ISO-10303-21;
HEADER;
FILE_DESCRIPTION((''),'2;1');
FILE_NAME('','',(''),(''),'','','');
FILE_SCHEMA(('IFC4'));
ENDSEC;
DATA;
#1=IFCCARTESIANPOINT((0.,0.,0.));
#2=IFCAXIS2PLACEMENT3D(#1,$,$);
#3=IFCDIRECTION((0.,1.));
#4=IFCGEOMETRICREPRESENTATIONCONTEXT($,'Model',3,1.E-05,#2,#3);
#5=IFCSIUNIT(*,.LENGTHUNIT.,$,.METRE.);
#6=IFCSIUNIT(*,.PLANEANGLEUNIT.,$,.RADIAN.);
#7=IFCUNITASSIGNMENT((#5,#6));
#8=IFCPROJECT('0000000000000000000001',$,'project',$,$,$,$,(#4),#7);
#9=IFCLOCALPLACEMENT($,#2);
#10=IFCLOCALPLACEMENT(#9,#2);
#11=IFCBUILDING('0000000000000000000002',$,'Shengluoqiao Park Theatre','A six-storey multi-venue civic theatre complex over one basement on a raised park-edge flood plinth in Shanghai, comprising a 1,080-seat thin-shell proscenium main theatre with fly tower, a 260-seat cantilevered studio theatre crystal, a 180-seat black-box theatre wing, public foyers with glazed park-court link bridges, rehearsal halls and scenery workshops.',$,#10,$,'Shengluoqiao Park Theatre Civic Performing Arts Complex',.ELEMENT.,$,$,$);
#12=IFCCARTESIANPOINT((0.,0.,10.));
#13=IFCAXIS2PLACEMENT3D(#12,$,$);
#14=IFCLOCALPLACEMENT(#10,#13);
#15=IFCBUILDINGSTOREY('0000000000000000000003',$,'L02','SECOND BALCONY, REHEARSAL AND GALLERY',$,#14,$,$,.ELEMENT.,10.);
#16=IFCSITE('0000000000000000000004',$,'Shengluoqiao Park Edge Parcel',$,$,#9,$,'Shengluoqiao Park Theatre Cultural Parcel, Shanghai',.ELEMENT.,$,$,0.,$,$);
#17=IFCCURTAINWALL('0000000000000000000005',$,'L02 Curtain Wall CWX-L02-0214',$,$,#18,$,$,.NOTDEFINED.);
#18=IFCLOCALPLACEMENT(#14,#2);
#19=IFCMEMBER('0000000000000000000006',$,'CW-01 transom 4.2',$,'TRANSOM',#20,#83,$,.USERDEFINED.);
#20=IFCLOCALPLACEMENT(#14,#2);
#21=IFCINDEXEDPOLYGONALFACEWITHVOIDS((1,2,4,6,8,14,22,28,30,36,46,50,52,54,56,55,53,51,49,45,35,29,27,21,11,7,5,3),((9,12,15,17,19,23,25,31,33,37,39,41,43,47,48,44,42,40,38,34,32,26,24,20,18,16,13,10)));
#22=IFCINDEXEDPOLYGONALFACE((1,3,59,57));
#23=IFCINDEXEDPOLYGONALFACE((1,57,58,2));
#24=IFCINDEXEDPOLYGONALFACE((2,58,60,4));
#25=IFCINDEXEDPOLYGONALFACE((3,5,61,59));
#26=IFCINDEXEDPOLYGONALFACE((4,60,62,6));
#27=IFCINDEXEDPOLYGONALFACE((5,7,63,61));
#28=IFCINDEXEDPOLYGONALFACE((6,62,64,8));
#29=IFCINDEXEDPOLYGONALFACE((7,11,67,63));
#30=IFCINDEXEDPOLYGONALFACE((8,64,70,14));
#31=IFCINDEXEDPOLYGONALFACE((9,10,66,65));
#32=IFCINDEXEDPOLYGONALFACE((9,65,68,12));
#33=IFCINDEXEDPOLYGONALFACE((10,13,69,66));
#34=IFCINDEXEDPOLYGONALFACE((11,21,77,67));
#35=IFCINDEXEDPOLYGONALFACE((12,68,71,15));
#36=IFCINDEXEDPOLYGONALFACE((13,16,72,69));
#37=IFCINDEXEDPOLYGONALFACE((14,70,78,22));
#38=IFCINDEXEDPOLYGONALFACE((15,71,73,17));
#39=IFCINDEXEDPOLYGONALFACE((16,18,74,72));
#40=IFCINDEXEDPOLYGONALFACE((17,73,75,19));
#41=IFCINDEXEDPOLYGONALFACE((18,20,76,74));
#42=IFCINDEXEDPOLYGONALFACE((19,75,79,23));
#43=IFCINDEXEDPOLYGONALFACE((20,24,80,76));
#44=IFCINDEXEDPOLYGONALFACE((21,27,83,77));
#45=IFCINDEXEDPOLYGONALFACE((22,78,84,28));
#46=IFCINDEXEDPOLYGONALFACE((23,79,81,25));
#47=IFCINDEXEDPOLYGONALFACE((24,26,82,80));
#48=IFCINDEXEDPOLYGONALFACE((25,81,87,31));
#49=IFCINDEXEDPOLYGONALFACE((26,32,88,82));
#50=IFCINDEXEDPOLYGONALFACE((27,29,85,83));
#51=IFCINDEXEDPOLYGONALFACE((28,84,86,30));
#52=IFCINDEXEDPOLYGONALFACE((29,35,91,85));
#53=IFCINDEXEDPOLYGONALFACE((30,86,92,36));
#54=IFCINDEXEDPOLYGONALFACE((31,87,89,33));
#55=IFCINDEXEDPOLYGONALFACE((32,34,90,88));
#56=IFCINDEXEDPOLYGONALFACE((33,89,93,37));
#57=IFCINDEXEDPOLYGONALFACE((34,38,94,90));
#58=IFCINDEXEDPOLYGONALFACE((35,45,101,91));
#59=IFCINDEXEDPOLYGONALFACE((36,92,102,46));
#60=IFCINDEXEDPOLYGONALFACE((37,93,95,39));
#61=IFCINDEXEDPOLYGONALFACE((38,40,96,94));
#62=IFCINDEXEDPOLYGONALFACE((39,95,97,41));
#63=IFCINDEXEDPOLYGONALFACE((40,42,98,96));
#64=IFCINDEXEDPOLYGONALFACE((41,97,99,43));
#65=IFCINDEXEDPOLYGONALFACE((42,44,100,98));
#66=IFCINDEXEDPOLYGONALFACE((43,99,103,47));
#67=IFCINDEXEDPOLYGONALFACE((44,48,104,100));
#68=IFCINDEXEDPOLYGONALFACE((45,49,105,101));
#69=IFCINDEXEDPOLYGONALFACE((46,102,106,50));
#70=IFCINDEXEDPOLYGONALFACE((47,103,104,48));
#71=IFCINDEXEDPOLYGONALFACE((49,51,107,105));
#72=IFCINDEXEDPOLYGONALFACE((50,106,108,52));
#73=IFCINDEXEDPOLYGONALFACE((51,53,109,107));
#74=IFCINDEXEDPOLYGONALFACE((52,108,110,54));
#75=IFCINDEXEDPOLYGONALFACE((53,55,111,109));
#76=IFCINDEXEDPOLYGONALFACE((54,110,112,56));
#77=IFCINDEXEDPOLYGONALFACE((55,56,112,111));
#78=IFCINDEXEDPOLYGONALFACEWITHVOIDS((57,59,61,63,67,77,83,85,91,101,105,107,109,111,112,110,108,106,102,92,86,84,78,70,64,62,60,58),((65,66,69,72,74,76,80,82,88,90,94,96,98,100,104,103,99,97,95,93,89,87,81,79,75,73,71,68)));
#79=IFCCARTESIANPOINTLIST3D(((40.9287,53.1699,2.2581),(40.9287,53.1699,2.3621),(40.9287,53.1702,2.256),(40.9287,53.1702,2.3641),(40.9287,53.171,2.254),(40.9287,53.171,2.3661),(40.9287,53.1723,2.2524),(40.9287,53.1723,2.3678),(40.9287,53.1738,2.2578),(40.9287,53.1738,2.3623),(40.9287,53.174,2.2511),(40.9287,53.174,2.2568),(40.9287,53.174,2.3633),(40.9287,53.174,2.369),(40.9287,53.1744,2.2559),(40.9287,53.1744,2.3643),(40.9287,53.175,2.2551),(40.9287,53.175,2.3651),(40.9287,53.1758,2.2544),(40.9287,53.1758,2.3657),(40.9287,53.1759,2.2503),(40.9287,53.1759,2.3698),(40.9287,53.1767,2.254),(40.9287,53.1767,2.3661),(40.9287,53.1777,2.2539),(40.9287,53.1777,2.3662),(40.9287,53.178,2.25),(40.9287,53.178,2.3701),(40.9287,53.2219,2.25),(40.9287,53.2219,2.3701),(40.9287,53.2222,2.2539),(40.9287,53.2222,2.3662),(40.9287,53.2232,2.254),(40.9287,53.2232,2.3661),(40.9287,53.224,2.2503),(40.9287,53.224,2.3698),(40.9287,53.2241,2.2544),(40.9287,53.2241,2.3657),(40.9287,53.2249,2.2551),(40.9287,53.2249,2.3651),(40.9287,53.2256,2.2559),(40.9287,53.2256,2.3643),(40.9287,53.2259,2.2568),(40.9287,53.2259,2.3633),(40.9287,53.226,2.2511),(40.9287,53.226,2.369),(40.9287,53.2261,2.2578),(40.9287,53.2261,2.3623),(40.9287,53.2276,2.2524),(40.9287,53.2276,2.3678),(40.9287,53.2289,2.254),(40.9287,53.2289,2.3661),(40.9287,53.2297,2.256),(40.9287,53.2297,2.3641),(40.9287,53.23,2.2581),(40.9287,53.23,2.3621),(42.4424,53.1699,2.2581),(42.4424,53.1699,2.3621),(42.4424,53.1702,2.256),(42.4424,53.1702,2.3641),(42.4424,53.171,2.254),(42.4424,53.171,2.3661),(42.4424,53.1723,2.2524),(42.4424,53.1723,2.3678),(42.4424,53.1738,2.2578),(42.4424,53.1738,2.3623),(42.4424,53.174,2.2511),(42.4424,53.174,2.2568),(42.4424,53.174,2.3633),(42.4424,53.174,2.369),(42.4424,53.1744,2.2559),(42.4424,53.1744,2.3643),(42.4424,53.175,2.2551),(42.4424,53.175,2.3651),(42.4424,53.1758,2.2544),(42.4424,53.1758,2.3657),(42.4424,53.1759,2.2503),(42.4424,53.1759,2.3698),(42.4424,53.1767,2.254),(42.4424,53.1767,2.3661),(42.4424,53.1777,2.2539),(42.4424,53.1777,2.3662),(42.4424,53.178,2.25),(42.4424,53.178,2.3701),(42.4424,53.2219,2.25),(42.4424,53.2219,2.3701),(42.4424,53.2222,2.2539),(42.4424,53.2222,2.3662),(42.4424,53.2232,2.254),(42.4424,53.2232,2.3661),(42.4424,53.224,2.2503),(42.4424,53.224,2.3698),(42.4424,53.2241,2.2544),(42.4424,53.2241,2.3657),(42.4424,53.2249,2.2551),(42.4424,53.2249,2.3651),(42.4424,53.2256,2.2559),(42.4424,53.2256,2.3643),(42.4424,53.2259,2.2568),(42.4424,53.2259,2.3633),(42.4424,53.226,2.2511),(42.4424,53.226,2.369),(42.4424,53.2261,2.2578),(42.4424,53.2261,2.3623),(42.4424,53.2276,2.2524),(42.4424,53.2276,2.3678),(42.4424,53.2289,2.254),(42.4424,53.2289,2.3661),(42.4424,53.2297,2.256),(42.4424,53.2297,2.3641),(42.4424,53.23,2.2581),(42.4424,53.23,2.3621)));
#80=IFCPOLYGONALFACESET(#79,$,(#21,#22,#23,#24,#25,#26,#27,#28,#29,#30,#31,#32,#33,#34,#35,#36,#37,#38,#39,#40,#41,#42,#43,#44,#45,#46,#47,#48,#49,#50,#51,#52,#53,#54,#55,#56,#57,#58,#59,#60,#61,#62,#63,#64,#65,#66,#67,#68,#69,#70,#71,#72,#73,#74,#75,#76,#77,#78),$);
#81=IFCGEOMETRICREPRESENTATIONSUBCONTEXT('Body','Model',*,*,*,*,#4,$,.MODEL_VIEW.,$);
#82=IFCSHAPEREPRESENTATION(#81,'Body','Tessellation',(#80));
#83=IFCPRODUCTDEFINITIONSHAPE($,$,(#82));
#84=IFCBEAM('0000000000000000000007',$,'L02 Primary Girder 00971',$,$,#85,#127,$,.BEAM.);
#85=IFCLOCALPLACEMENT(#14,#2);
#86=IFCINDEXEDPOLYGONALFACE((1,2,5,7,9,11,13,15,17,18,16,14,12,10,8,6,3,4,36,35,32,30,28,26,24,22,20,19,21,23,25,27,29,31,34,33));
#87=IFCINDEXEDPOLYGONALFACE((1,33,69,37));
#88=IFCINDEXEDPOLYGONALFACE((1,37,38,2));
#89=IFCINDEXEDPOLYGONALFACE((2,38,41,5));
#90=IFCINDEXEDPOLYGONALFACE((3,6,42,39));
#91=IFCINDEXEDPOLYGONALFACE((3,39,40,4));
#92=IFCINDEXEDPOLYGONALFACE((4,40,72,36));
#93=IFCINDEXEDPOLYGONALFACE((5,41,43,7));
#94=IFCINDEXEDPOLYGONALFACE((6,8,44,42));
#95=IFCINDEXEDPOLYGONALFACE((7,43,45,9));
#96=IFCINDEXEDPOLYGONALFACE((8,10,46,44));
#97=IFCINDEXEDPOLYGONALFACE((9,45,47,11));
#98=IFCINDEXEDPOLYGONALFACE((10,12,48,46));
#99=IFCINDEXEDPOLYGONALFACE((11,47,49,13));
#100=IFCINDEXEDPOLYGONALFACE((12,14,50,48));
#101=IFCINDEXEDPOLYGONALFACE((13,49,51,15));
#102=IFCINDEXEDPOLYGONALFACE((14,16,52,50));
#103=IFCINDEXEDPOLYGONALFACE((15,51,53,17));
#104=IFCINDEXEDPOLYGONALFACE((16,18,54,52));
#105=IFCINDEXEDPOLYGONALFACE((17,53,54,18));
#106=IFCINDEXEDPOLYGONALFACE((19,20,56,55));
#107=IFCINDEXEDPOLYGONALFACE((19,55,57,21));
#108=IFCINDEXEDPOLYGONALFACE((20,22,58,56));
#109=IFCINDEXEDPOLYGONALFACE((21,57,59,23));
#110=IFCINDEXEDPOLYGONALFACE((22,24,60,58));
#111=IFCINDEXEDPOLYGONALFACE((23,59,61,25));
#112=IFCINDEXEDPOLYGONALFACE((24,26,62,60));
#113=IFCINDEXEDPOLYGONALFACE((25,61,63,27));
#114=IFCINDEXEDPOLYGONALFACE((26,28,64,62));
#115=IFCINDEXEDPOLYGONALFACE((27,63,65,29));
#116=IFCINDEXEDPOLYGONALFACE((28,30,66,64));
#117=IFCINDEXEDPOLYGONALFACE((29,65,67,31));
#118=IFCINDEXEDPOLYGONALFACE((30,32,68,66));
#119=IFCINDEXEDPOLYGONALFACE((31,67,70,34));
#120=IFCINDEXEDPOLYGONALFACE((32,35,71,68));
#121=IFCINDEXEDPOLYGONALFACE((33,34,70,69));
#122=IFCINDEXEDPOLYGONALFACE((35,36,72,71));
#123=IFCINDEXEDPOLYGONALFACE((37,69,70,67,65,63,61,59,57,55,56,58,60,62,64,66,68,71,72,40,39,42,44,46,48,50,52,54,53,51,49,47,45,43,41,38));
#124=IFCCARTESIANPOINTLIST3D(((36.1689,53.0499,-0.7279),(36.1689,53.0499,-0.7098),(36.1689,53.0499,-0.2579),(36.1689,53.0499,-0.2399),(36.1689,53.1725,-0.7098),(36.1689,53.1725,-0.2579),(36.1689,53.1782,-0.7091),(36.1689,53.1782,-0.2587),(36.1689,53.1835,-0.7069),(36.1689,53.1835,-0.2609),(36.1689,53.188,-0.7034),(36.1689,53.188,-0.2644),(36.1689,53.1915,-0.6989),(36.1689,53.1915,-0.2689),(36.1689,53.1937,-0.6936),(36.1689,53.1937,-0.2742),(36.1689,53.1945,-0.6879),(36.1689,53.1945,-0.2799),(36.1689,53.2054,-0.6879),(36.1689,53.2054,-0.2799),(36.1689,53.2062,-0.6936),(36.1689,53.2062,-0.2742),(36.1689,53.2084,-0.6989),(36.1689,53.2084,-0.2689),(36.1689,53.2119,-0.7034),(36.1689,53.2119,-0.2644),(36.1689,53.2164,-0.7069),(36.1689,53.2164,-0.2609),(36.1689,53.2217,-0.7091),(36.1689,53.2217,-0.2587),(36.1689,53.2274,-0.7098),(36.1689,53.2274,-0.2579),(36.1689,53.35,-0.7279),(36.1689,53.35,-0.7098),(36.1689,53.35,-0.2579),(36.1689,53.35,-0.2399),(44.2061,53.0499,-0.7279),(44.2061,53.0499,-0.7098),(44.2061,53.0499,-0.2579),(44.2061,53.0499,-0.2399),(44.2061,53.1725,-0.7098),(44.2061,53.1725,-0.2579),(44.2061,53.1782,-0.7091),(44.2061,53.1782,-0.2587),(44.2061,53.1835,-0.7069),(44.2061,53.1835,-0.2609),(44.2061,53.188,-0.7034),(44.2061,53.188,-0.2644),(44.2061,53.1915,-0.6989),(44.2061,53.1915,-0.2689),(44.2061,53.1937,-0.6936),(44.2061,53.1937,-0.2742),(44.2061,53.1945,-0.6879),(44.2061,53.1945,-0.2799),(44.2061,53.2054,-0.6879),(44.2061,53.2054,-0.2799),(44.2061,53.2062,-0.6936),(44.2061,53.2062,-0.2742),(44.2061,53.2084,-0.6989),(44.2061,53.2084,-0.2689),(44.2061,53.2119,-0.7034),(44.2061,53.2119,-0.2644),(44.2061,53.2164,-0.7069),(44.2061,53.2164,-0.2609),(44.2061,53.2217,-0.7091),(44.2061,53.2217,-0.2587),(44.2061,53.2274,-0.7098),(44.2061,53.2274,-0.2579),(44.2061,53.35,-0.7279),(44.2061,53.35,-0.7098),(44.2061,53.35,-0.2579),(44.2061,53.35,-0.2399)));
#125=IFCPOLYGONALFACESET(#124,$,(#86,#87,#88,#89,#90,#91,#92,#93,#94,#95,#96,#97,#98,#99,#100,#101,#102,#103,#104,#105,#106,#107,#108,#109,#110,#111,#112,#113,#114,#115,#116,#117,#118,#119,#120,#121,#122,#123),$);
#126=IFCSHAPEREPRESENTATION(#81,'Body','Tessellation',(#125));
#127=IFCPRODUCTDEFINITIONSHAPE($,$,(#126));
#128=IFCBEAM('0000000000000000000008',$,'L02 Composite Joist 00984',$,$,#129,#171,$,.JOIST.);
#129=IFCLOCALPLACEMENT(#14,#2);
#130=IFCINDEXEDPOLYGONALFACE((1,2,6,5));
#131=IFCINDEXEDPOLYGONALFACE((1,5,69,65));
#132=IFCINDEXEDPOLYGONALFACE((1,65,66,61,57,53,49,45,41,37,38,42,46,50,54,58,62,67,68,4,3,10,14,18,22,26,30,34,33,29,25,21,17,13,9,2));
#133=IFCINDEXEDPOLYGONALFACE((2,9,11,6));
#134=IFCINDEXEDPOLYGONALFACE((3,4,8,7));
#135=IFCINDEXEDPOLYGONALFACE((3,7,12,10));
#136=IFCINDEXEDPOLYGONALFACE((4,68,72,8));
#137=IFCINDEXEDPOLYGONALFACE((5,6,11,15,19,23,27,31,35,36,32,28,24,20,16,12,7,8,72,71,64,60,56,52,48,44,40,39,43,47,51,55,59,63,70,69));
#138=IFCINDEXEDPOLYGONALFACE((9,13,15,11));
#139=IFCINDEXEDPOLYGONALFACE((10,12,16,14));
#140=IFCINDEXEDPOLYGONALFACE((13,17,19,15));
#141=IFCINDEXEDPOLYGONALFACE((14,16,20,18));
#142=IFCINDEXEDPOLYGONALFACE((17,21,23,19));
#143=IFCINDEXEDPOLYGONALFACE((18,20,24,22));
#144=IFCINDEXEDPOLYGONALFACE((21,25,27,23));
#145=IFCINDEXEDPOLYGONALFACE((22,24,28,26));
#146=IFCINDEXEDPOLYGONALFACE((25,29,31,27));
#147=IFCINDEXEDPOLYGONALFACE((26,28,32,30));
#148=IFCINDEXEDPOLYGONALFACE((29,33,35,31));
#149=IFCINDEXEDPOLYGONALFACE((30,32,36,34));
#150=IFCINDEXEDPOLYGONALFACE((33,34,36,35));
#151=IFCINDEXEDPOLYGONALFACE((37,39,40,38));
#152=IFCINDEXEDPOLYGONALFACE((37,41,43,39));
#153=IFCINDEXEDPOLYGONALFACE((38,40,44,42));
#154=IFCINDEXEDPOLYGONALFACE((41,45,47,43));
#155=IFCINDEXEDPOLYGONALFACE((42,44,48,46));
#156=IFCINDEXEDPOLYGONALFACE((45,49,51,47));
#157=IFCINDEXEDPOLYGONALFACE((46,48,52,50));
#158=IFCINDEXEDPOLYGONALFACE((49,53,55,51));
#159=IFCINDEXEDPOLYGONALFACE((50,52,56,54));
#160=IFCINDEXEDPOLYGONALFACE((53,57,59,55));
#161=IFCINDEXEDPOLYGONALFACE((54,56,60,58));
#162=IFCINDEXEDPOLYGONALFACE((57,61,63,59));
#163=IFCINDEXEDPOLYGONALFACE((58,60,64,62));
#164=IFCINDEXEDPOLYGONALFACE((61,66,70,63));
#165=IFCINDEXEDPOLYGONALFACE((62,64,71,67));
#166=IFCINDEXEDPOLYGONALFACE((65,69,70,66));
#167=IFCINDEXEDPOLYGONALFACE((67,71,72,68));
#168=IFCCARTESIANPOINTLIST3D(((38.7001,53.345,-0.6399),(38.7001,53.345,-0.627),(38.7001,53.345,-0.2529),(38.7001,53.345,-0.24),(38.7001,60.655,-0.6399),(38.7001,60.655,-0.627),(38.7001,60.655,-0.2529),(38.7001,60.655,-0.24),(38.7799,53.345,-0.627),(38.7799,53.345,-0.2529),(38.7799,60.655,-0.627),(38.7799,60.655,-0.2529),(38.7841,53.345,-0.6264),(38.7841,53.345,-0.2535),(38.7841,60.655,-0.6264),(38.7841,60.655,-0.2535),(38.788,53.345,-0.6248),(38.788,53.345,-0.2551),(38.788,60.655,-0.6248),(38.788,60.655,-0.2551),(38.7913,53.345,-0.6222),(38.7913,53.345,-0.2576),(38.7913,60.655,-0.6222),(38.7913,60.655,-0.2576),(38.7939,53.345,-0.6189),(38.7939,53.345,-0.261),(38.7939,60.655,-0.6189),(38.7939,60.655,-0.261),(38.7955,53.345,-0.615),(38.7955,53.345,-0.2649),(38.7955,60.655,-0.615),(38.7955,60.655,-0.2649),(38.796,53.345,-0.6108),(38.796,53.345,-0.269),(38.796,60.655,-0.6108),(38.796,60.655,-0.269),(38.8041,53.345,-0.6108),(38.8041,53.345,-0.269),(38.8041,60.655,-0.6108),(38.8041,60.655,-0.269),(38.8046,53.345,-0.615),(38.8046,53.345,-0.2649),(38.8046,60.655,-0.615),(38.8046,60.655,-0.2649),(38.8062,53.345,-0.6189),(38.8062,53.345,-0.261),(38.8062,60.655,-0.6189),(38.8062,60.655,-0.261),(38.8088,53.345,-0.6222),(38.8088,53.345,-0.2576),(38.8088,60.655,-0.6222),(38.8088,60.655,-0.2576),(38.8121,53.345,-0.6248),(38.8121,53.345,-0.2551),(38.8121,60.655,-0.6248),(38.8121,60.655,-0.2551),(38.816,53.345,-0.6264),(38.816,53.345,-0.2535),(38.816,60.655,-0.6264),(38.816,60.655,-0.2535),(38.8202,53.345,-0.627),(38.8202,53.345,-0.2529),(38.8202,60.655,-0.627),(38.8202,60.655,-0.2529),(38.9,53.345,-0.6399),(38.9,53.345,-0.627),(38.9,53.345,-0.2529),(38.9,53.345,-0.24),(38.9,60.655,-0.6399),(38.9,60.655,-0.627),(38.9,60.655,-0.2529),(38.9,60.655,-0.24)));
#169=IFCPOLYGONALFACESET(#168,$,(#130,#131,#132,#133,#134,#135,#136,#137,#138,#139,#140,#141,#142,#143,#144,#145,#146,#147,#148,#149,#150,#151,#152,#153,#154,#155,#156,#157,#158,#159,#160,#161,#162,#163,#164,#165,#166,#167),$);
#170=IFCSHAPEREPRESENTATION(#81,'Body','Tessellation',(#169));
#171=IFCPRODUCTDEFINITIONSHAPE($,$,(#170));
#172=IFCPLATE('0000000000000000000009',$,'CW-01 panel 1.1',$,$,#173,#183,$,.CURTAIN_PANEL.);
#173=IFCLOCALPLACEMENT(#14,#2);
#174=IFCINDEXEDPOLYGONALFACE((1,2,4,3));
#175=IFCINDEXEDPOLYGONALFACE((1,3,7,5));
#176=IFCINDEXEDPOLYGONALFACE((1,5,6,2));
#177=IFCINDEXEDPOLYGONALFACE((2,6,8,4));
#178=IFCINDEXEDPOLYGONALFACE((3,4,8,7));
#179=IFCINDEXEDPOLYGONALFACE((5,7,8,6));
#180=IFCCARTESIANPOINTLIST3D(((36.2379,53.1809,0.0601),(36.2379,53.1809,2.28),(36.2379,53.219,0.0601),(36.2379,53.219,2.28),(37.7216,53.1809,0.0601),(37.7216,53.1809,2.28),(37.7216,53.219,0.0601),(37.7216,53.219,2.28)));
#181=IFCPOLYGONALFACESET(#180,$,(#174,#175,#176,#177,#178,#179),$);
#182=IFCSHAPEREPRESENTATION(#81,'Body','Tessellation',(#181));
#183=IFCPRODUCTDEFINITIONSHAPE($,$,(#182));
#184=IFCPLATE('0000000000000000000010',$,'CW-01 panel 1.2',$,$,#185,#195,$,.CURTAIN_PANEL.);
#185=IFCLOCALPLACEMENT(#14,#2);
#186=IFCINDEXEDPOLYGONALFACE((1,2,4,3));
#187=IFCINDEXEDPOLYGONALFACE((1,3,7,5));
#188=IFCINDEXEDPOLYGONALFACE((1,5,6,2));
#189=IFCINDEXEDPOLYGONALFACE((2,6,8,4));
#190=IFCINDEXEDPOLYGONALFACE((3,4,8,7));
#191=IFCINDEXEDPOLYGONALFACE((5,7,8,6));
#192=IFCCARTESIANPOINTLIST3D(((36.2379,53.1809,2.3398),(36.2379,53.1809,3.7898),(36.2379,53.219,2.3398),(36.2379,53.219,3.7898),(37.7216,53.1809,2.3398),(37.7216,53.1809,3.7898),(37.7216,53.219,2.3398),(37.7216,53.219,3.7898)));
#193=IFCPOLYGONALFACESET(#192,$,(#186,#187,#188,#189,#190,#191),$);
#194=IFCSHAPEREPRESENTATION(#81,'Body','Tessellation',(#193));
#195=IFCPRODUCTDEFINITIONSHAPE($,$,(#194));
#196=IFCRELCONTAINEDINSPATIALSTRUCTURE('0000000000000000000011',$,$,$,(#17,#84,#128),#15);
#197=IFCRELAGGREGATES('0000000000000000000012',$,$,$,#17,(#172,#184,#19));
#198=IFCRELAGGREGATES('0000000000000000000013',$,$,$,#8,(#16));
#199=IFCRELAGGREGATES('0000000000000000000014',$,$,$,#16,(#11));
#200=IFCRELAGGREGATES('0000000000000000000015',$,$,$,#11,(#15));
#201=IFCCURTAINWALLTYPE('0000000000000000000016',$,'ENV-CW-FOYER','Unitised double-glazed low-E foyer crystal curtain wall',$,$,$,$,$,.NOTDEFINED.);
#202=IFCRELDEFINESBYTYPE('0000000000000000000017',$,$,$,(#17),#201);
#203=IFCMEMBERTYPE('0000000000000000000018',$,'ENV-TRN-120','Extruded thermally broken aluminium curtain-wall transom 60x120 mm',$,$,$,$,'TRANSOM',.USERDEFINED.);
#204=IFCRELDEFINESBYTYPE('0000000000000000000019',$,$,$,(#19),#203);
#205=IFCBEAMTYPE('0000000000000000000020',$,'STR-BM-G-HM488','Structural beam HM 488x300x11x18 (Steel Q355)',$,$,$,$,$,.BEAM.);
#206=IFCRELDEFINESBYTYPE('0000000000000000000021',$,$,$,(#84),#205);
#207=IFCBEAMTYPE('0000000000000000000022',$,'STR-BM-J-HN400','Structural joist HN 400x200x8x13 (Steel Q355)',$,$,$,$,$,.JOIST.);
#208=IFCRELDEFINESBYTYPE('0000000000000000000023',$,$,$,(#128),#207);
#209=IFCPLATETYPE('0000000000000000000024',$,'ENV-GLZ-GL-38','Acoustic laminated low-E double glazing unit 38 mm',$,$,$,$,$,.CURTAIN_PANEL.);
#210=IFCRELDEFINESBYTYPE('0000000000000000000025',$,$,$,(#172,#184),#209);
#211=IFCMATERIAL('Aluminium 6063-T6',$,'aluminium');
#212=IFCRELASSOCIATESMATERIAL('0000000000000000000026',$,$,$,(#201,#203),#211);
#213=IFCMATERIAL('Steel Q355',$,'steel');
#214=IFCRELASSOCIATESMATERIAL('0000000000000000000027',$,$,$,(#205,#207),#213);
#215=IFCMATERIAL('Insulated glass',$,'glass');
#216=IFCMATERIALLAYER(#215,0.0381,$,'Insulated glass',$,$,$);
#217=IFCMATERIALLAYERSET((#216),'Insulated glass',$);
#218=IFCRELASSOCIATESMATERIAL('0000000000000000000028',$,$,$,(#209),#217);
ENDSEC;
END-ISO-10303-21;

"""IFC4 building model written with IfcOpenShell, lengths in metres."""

from ifc_helpers import new_model, si_unit, direction, frame, origin, origin_2d, place, context, subcontext, project, spatial, rectangle, hollow_rectangle, i_section, extrude, material, layer, layer_set, material_profile, profile_set, type_object, element, aggregate, save


model = new_model("IFC4")

# Units and contexts
model_context = context("Model", 3, precision=1e-05, world=origin(), true_north=direction((0.0, 1.0)))
body_context = subcontext(model_context, "Body", "Model", "MODEL_VIEW")
ifc_project = project(units=[si_unit("LENGTHUNIT", "METRE"), si_unit("PLANEANGLEUNIT", "RADIAN")], contexts=[model_context])

# Site, building, storey
site_placement = place(None, origin())
site = spatial("IfcSite", under=ifc_project, at=site_placement, Name="Shengluoqiao Park Edge Parcel", LongName="Shengluoqiao Park Theatre Cultural Parcel, Shanghai", CompositionType="ELEMENT", RefElevation=0.0)
building_placement = place(site_placement, origin())
building = spatial("IfcBuilding", under=site, at=building_placement, Name="Shengluoqiao Park Theatre", Description="A six-storey multi-venue civic theatre complex over one basement on a raised park-edge flood plinth in Shanghai, comprising a 1,080-seat thin-shell proscenium main theatre with fly tower, a 260-seat cantilevered studio theatre crystal, a 180-seat black-box theatre wing, public foyers with glazed park-court link bridges, rehearsal halls and scenery workshops.", LongName="Shengluoqiao Park Theatre Civic Performing Arts Complex", CompositionType="ELEMENT")
storey_placement = place(building_placement, frame((0.0, 0.0, 10.0)))
storey = spatial("IfcBuildingStorey", under=building, at=storey_placement, Name="L02", Description="SECOND BALCONY, REHEARSAL AND GALLERY", CompositionType="ELEMENT", Elevation=10.0)

# Shared definitions
ifc_material_1 = material(Name="Steel Q355", Category="steel")

# Curtain wall, member
ifc_material_2 = material(Name="Aluminium 6063-T6", Category="aluminium")
curtain_wall_type = type_object("IfcCurtainWallType", Name="ENV-CW-FOYER", Description="Unitised double-glazed low-E foyer crystal curtain wall", PredefinedType="NOTDEFINED", material=ifc_material_2)
curtain_wall_placement = place(storey_placement, origin())
curtain_wall = element("IfcCurtainWall", 1, at=curtain_wall_placement, inside=storey, type_object=curtain_wall_type, Name="L02 Curtain Wall CWX-L02-0214", PredefinedType="NOTDEFINED")
ifc_material_profile_1 = material_profile(ifc_material_2, hollow_rectangle(XDim=0.0601, YDim=0.1201, WallThickness=0.0039, InnerFilletRadius=0.0039, OuterFilletRadius=0.0081, at=origin_2d()), Name="ALU TRANSOM 120x60x4")
ifc_profile_set_1 = profile_set([ifc_material_profile_1], Name="Aluminium 6063-T6")
member_type_1 = type_object("IfcMemberType", Name="ENV-TRN-120", Description="Extruded thermally broken aluminium curtain-wall transom 60x120 mm", ElementType="TRANSOM", PredefinedType="USERDEFINED", material=ifc_profile_set_1)
member_1_placement = place(storey_placement, frame((40.9287, 53.2, 2.3101), z_axis=(1.0, 0.0, 0.0), x_axis=(0.0, 1.0, 0.0)))
member_1 = element("IfcMember", 2, at=member_1_placement, type_object=member_type_1, Name="CW-01 transom 4.2", ObjectType="TRANSOM", PredefinedType="USERDEFINED", context=body_context, shape_type="SweptSolid", body=[
    extrude(hollow_rectangle(XDim=0.0601, YDim=0.1201, WallThickness=0.0039, InnerFilletRadius=0.0039, OuterFilletRadius=0.0081, at=origin_2d()), origin(), (0.0, 0.0, 1.0), 1.5137),
])

# Beams
ifc_material_profile_2 = material_profile(ifc_material_1, i_section(OverallWidth=0.3, OverallDepth=0.488, WebThickness=0.011, FlangeThickness=0.0181, FilletRadius=0.022, at=origin_2d()), Name="HM 488x300x11x18")
ifc_profile_set_2 = profile_set([ifc_material_profile_2], Name="Steel Q355")
beam_type_1 = type_object("IfcBeamType", Name="STR-BM-G-HM488", Description="Structural beam HM 488x300x11x18 (Steel Q355)", PredefinedType="BEAM", material=ifc_profile_set_2)
beam_1_placement = place(storey_placement, frame((36.1689, 53.2, -0.4839), z_axis=(1.0, 0.0, 0.0), x_axis=(0.0, 1.0, 0.0)))
element("IfcBeam", 3, at=beam_1_placement, inside=storey, type_object=beam_type_1, Name="L02 Primary Girder 00971", PredefinedType="BEAM", context=body_context, shape_type="SweptSolid", body=[
    extrude(i_section(OverallWidth=0.3, OverallDepth=0.488, WebThickness=0.011, FlangeThickness=0.0181, FilletRadius=0.022, at=origin_2d()), origin(), (0.0, 0.0, 1.0), 8.0371),
])
ifc_material_profile_3 = material_profile(ifc_material_1, i_section(OverallWidth=0.2, OverallDepth=0.3999, WebThickness=0.0081, FlangeThickness=0.0129, FilletRadius=0.0161, at=origin_2d()), Name="HN 400x200x8x13")
ifc_profile_set_3 = profile_set([ifc_material_profile_3], Name="Steel Q355")
beam_type_2 = type_object("IfcBeamType", Name="STR-BM-J-HN400", Description="Structural joist HN 400x200x8x13 (Steel Q355)", PredefinedType="JOIST", material=ifc_profile_set_3)
beam_2_placement = place(storey_placement, frame((38.8, 53.345, -0.4399), z_axis=(0.0, 1.0, 0.0), x_axis=(-1.0, 0.0, 0.0)))
element("IfcBeam", 4, at=beam_2_placement, inside=storey, type_object=beam_type_2, Name="L02 Composite Joist 00984", PredefinedType="JOIST", context=body_context, shape_type="SweptSolid", body=[
    extrude(i_section(OverallWidth=0.2, OverallDepth=0.3999, WebThickness=0.0081, FlangeThickness=0.0129, FilletRadius=0.0161, at=origin_2d()), origin(), (0.0, 0.0, 1.0), 7.3101),
])

# Plates
ifc_material_3 = material(Name="Insulated glass", Category="glass")
ifc_layer = layer(ifc_material_3, 0.0381, Name="Insulated glass")
ifc_layer_set = layer_set([ifc_layer], Name="Insulated glass")
plate_type = type_object("IfcPlateType", Name="ENV-GLZ-GL-38", Description="Acoustic laminated low-E double glazing unit 38 mm", PredefinedType="CURTAIN_PANEL", material=ifc_layer_set)
plate_1_placement = place(storey_placement, frame((36.9797, 53.2, 0.0601), z_axis=(0.0, 0.0, 1.0), x_axis=(1.0, 0.0, 0.0)))
plate_1 = element("IfcPlate", 5, at=plate_1_placement, type_object=plate_type, Name="CW-01 panel 1.1", PredefinedType="CURTAIN_PANEL", context=body_context, shape_type="SweptSolid", body=[
    extrude(rectangle(XDim=1.4836, YDim=0.0381, at=origin_2d()), origin(), (0.0, 0.0, 1.0), 2.22),
])
plate_2_placement = place(storey_placement, frame((36.9797, 53.2, 2.3398), z_axis=(0.0, 0.0, 1.0), x_axis=(1.0, 0.0, 0.0)))
plate_2 = element("IfcPlate", 6, at=plate_2_placement, type_object=plate_type, Name="CW-01 panel 1.2", PredefinedType="CURTAIN_PANEL", context=body_context, shape_type="SweptSolid", body=[
    extrude(rectangle(XDim=1.4836, YDim=0.0381, at=origin_2d()), origin(), (0.0, 0.0, 1.0), 1.45),
])
aggregate(curtain_wall, [plate_1, plate_2, member_1])

save(model, "model.ifc")
